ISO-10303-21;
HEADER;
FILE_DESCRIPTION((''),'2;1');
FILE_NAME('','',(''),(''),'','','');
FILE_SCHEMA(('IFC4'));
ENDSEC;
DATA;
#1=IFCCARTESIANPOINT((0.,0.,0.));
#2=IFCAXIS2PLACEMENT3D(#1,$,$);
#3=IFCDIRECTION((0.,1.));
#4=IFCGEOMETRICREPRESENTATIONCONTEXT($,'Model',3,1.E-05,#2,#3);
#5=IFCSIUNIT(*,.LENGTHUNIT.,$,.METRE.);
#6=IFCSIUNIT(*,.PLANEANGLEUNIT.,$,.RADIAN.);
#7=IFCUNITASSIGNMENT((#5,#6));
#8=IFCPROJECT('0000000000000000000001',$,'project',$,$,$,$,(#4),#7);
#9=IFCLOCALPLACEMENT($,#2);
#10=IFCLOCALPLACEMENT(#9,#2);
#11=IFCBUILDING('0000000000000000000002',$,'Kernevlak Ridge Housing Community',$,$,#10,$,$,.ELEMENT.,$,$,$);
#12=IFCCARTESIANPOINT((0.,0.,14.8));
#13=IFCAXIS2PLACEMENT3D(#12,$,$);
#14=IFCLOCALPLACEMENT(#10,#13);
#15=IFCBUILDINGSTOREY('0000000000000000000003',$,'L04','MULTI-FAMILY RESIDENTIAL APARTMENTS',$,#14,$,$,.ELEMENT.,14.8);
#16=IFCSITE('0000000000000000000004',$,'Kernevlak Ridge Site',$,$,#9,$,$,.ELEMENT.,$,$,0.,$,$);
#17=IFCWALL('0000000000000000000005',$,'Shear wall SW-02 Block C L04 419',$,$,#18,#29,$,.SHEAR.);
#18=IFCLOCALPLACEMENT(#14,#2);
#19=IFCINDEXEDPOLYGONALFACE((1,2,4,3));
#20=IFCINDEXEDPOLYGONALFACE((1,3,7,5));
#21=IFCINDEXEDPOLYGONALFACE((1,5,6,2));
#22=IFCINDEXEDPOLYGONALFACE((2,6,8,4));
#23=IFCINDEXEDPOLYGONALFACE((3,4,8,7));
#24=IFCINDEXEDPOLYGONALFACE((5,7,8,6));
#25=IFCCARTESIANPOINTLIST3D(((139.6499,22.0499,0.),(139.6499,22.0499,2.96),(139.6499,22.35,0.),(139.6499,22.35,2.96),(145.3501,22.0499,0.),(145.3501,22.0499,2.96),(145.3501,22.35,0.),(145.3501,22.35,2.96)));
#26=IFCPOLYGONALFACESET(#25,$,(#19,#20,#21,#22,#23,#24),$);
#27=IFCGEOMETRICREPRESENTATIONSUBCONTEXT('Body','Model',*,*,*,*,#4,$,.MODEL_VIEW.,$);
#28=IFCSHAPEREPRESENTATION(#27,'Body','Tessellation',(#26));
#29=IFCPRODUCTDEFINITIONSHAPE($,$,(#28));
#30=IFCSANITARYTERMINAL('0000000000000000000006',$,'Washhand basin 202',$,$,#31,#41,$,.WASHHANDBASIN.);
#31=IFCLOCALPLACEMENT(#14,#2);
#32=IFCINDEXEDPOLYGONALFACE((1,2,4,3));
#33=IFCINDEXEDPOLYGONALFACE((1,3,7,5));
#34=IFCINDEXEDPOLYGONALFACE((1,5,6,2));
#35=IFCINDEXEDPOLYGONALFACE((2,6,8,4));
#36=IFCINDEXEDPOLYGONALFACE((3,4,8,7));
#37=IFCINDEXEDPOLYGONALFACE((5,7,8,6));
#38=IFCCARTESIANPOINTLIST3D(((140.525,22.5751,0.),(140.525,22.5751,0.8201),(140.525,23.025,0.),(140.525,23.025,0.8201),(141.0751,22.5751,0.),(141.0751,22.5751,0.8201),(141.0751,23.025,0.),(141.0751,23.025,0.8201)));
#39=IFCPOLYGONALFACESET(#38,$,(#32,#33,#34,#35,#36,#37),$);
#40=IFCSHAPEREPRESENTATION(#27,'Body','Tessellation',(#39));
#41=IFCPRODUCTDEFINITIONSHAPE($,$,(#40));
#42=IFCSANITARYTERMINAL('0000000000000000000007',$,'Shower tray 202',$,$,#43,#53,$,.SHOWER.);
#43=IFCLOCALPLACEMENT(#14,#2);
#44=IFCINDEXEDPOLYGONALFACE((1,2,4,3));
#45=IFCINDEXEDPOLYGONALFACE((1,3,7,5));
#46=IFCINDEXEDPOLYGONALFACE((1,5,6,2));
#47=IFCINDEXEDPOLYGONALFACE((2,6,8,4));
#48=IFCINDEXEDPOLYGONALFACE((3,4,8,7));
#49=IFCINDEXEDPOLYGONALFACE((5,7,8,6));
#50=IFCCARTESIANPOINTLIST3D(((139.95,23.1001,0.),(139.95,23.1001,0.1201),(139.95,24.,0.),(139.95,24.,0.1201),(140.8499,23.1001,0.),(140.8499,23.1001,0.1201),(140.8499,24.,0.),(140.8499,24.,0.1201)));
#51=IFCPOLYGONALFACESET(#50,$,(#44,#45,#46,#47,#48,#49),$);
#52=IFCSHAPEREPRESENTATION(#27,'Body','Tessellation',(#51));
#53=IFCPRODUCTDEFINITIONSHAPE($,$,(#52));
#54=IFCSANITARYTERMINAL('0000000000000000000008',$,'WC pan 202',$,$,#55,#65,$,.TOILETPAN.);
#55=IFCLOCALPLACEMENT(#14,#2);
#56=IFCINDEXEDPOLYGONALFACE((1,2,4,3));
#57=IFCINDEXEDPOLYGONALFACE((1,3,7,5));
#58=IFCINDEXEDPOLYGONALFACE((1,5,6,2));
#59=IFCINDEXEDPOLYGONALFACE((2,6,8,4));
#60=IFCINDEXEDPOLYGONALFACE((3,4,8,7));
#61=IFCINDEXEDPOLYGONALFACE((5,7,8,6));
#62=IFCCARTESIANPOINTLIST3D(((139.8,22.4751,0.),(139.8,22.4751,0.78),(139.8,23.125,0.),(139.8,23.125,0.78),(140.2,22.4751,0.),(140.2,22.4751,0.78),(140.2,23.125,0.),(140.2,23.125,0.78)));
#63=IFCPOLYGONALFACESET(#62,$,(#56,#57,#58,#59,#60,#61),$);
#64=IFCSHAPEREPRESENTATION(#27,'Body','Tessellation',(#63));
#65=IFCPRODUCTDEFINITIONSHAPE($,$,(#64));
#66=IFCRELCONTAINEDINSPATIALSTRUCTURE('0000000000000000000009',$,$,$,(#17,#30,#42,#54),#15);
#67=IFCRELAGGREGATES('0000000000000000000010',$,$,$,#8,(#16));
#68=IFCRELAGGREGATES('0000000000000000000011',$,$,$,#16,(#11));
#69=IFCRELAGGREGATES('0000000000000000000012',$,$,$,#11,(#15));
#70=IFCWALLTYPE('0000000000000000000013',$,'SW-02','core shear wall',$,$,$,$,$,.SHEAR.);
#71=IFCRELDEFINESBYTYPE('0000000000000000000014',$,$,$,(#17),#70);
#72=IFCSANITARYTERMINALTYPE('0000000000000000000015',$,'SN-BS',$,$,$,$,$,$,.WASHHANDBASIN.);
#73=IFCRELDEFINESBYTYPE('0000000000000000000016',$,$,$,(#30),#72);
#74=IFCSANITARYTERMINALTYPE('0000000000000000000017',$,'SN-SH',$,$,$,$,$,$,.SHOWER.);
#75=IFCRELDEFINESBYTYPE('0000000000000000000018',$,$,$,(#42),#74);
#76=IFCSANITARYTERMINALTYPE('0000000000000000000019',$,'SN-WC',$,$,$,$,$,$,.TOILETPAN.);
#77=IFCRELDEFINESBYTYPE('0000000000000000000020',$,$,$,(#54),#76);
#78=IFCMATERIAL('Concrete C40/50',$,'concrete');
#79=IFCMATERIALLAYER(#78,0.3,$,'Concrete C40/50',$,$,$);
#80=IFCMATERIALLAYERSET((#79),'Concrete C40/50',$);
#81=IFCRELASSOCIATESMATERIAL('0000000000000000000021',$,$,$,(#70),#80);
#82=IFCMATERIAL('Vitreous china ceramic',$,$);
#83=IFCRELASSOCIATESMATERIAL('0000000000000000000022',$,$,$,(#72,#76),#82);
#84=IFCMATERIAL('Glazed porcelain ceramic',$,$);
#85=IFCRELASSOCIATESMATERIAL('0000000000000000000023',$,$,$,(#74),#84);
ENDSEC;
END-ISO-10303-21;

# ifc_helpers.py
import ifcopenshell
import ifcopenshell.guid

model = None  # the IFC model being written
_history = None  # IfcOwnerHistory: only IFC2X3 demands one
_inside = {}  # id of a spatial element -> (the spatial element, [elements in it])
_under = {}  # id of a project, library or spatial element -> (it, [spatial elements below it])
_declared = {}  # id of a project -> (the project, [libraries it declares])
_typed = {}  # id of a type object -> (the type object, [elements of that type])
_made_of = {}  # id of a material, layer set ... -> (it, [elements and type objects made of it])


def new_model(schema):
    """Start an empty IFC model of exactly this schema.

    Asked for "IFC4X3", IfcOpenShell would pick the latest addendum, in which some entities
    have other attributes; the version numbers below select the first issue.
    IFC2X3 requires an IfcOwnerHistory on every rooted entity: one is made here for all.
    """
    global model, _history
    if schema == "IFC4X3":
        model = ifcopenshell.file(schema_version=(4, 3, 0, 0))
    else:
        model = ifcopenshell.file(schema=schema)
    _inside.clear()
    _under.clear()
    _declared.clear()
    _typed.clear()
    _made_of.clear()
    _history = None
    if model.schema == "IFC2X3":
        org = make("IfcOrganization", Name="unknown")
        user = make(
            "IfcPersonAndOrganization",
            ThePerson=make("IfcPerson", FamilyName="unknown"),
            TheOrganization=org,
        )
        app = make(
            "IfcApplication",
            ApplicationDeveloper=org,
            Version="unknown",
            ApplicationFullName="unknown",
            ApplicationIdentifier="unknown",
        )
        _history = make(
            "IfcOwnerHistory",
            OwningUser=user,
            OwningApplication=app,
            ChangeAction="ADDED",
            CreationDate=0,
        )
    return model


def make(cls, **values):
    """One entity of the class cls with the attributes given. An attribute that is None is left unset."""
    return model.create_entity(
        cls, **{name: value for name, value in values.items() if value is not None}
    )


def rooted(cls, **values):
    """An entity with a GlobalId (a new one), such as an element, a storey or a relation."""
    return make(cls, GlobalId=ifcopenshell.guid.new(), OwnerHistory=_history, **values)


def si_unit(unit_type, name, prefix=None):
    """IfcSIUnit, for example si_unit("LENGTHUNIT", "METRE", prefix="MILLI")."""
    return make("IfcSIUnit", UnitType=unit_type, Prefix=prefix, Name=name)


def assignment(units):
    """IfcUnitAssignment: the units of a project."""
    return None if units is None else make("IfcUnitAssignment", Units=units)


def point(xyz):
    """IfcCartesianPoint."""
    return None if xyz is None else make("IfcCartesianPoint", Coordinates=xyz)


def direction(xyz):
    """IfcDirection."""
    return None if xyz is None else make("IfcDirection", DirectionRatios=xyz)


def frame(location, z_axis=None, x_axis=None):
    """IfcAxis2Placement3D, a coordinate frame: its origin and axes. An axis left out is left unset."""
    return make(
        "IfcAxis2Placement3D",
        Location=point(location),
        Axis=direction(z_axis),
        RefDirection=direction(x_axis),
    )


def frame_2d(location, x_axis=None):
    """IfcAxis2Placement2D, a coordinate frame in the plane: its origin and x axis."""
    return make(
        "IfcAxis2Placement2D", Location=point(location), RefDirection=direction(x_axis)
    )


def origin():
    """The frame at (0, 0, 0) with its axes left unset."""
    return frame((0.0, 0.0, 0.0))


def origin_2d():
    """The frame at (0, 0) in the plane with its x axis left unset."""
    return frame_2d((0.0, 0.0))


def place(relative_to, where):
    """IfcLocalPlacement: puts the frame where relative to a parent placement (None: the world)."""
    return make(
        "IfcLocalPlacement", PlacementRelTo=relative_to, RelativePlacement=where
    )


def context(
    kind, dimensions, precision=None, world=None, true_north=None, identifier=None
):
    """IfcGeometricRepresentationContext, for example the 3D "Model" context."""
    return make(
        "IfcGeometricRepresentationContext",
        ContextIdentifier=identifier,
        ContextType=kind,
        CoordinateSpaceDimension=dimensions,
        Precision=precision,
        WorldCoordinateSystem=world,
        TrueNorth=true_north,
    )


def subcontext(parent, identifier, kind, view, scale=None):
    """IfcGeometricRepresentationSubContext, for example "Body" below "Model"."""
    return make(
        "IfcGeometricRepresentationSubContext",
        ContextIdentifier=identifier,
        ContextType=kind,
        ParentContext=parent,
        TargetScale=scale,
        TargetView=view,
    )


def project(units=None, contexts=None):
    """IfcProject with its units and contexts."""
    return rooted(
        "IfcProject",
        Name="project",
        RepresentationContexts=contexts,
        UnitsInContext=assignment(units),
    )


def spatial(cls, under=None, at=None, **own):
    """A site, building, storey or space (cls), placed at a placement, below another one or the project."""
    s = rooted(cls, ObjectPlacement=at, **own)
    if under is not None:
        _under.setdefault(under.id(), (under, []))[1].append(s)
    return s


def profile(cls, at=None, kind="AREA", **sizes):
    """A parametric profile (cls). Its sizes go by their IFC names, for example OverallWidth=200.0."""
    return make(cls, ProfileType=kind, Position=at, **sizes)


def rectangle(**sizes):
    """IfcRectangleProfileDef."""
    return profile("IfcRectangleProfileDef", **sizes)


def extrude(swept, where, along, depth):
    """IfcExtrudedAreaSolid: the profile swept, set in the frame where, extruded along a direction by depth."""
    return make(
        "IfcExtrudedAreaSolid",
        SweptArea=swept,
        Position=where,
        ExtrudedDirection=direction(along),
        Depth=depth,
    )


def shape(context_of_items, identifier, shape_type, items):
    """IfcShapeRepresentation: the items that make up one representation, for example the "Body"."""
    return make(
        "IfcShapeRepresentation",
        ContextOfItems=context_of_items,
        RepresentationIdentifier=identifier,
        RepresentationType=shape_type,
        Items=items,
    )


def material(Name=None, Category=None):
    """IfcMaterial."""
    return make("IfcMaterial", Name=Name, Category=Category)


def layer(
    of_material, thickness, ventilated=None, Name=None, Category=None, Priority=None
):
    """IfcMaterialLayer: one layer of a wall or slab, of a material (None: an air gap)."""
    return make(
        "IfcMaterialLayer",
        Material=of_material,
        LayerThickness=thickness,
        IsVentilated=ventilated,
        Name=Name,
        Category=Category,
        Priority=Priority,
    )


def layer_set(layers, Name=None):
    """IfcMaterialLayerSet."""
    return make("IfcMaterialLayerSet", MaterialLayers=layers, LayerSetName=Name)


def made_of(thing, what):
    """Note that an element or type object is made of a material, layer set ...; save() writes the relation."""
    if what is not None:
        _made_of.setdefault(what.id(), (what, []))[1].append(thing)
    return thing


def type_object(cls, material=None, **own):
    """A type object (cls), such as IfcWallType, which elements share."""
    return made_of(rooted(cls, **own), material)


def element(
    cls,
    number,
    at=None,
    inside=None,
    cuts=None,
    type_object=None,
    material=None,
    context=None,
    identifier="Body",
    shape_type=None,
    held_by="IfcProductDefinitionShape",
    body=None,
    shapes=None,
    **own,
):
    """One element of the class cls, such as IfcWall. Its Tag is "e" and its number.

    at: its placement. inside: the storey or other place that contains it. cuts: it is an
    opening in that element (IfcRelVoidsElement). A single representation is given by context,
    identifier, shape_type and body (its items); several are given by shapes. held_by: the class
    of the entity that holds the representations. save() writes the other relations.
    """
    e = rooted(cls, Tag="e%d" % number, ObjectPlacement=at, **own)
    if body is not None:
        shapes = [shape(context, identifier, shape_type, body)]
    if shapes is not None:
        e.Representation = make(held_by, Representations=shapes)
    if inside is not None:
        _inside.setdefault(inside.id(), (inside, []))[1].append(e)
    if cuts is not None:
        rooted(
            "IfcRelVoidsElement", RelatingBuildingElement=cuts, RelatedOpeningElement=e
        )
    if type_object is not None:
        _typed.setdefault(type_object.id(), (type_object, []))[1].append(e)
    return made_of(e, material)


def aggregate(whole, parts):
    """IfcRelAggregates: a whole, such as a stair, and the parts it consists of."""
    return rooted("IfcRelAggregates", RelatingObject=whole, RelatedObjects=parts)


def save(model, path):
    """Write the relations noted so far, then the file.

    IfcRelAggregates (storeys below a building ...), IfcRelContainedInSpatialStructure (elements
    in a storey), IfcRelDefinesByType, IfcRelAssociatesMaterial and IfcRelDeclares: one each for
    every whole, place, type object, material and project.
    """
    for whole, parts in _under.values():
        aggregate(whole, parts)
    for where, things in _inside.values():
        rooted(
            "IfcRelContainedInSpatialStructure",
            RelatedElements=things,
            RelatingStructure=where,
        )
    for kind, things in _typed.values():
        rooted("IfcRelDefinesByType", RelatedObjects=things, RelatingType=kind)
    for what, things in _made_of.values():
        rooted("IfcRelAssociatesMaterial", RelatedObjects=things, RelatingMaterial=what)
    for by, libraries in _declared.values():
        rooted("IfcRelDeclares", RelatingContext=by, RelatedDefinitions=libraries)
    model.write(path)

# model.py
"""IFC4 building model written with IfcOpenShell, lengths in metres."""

from ifc_helpers import new_model, si_unit, direction, frame, frame_2d, origin, origin_2d, place, context, subcontext, project, spatial, rectangle, extrude, material, layer, layer_set, type_object, element, save


model = new_model("IFC4")

# Units and contexts
model_context = context("Model", 3, precision=1e-05, world=origin(), true_north=direction((0.0, 1.0)))
body_context = subcontext(model_context, "Body", "Model", "MODEL_VIEW")
ifc_project = project(units=[si_unit("LENGTHUNIT", "METRE"), si_unit("PLANEANGLEUNIT", "RADIAN")], contexts=[model_context])

# Site, building, storey
site_placement = place(None, origin())
site = spatial("IfcSite", under=ifc_project, at=site_placement, Name="Kernevlak Ridge Site", CompositionType="ELEMENT", RefElevation=0.0)
building_placement = place(site_placement, origin())
building = spatial("IfcBuilding", under=site, at=building_placement, Name="Kernevlak Ridge Housing Community", CompositionType="ELEMENT")
storey_placement = place(building_placement, frame((0.0, 0.0, 14.8)))
storey = spatial("IfcBuildingStorey", under=building, at=storey_placement, Name="L04", Description="MULTI-FAMILY RESIDENTIAL APARTMENTS", CompositionType="ELEMENT", Elevation=14.8)

# Wall
ifc_material_1 = material(Name="Concrete C40/50", Category="concrete")
ifc_layer_1 = layer(ifc_material_1, 0.3, Name="Concrete C40/50")
ifc_layer_set_1 = layer_set([ifc_layer_1], Name="Concrete C40/50")
wall_type_1 = type_object("IfcWallType", Name="SW-02", Description="core shear wall", PredefinedType="SHEAR", material=ifc_layer_set_1)
wall_1_placement = place(storey_placement, frame((139.6499, 22.2, 0.0), z_axis=(0.0, 0.0, 1.0), x_axis=(1.0, 0.0, 0.0)))
element("IfcWall", 1, at=wall_1_placement, inside=storey, type_object=wall_type_1, Name="Shear wall SW-02 Block C L04 419", PredefinedType="SHEAR", context=body_context, shape_type="SweptSolid", body=[
    extrude(rectangle(XDim=5.7002, YDim=0.3, at=frame_2d((2.8501, 0.0))), origin(), (0.0, 0.0, 1.0), 2.96),
])

# Sanitary terminals
ifc_material_2 = material(Name="Vitreous china ceramic")
sanitary_terminal_type_1 = type_object("IfcSanitaryTerminalType", Name="SN-BS", PredefinedType="WASHHANDBASIN", material=ifc_material_2)
sanitary_terminal_1_placement = place(storey_placement, frame((140.8, 22.8, 0.0), z_axis=(0.0, 0.0, 1.0), x_axis=(1.0, 0.0, 0.0)))
element("IfcSanitaryTerminal", 2, at=sanitary_terminal_1_placement, inside=storey, type_object=sanitary_terminal_type_1, Name="Washhand basin 202", PredefinedType="WASHHANDBASIN", context=body_context, shape_type="SweptSolid", body=[
    extrude(rectangle(XDim=0.55, YDim=0.45, at=origin_2d()), origin(), (0.0, 0.0, 1.0), 0.8201),
])
ifc_material_3 = material(Name="Glazed porcelain ceramic")
sanitary_terminal_type_2 = type_object("IfcSanitaryTerminalType", Name="SN-SH", PredefinedType="SHOWER", material=ifc_material_3)
sanitary_terminal_2_placement = place(storey_placement, frame((140.3999, 23.55, 0.0), z_axis=(0.0, 0.0, 1.0), x_axis=(1.0, 0.0, 0.0)))
element("IfcSanitaryTerminal", 3, at=sanitary_terminal_2_placement, inside=storey, type_object=sanitary_terminal_type_2, Name="Shower tray 202", PredefinedType="SHOWER", context=body_context, shape_type="SweptSolid", body=[
    extrude(rectangle(XDim=0.8999, YDim=0.8999, at=origin_2d()), origin(), (0.0, 0.0, 1.0), 0.1201),
])
sanitary_terminal_type_3 = type_object("IfcSanitaryTerminalType", Name="SN-WC", PredefinedType="TOILETPAN", material=ifc_material_2)
sanitary_terminal_3_placement = place(storey_placement, frame((140.0, 22.8, 0.0), z_axis=(0.0, 0.0, 1.0), x_axis=(1.0, 0.0, 0.0)))
element("IfcSanitaryTerminal", 4, at=sanitary_terminal_3_placement, inside=storey, type_object=sanitary_terminal_type_3, Name="WC pan 202", PredefinedType="TOILETPAN", context=body_context, shape_type="SweptSolid", body=[
    extrude(rectangle(XDim=0.3999, YDim=0.6499, at=origin_2d()), origin(), (0.0, 0.0, 1.0), 0.78),
])

save(model, "model.ifc")
